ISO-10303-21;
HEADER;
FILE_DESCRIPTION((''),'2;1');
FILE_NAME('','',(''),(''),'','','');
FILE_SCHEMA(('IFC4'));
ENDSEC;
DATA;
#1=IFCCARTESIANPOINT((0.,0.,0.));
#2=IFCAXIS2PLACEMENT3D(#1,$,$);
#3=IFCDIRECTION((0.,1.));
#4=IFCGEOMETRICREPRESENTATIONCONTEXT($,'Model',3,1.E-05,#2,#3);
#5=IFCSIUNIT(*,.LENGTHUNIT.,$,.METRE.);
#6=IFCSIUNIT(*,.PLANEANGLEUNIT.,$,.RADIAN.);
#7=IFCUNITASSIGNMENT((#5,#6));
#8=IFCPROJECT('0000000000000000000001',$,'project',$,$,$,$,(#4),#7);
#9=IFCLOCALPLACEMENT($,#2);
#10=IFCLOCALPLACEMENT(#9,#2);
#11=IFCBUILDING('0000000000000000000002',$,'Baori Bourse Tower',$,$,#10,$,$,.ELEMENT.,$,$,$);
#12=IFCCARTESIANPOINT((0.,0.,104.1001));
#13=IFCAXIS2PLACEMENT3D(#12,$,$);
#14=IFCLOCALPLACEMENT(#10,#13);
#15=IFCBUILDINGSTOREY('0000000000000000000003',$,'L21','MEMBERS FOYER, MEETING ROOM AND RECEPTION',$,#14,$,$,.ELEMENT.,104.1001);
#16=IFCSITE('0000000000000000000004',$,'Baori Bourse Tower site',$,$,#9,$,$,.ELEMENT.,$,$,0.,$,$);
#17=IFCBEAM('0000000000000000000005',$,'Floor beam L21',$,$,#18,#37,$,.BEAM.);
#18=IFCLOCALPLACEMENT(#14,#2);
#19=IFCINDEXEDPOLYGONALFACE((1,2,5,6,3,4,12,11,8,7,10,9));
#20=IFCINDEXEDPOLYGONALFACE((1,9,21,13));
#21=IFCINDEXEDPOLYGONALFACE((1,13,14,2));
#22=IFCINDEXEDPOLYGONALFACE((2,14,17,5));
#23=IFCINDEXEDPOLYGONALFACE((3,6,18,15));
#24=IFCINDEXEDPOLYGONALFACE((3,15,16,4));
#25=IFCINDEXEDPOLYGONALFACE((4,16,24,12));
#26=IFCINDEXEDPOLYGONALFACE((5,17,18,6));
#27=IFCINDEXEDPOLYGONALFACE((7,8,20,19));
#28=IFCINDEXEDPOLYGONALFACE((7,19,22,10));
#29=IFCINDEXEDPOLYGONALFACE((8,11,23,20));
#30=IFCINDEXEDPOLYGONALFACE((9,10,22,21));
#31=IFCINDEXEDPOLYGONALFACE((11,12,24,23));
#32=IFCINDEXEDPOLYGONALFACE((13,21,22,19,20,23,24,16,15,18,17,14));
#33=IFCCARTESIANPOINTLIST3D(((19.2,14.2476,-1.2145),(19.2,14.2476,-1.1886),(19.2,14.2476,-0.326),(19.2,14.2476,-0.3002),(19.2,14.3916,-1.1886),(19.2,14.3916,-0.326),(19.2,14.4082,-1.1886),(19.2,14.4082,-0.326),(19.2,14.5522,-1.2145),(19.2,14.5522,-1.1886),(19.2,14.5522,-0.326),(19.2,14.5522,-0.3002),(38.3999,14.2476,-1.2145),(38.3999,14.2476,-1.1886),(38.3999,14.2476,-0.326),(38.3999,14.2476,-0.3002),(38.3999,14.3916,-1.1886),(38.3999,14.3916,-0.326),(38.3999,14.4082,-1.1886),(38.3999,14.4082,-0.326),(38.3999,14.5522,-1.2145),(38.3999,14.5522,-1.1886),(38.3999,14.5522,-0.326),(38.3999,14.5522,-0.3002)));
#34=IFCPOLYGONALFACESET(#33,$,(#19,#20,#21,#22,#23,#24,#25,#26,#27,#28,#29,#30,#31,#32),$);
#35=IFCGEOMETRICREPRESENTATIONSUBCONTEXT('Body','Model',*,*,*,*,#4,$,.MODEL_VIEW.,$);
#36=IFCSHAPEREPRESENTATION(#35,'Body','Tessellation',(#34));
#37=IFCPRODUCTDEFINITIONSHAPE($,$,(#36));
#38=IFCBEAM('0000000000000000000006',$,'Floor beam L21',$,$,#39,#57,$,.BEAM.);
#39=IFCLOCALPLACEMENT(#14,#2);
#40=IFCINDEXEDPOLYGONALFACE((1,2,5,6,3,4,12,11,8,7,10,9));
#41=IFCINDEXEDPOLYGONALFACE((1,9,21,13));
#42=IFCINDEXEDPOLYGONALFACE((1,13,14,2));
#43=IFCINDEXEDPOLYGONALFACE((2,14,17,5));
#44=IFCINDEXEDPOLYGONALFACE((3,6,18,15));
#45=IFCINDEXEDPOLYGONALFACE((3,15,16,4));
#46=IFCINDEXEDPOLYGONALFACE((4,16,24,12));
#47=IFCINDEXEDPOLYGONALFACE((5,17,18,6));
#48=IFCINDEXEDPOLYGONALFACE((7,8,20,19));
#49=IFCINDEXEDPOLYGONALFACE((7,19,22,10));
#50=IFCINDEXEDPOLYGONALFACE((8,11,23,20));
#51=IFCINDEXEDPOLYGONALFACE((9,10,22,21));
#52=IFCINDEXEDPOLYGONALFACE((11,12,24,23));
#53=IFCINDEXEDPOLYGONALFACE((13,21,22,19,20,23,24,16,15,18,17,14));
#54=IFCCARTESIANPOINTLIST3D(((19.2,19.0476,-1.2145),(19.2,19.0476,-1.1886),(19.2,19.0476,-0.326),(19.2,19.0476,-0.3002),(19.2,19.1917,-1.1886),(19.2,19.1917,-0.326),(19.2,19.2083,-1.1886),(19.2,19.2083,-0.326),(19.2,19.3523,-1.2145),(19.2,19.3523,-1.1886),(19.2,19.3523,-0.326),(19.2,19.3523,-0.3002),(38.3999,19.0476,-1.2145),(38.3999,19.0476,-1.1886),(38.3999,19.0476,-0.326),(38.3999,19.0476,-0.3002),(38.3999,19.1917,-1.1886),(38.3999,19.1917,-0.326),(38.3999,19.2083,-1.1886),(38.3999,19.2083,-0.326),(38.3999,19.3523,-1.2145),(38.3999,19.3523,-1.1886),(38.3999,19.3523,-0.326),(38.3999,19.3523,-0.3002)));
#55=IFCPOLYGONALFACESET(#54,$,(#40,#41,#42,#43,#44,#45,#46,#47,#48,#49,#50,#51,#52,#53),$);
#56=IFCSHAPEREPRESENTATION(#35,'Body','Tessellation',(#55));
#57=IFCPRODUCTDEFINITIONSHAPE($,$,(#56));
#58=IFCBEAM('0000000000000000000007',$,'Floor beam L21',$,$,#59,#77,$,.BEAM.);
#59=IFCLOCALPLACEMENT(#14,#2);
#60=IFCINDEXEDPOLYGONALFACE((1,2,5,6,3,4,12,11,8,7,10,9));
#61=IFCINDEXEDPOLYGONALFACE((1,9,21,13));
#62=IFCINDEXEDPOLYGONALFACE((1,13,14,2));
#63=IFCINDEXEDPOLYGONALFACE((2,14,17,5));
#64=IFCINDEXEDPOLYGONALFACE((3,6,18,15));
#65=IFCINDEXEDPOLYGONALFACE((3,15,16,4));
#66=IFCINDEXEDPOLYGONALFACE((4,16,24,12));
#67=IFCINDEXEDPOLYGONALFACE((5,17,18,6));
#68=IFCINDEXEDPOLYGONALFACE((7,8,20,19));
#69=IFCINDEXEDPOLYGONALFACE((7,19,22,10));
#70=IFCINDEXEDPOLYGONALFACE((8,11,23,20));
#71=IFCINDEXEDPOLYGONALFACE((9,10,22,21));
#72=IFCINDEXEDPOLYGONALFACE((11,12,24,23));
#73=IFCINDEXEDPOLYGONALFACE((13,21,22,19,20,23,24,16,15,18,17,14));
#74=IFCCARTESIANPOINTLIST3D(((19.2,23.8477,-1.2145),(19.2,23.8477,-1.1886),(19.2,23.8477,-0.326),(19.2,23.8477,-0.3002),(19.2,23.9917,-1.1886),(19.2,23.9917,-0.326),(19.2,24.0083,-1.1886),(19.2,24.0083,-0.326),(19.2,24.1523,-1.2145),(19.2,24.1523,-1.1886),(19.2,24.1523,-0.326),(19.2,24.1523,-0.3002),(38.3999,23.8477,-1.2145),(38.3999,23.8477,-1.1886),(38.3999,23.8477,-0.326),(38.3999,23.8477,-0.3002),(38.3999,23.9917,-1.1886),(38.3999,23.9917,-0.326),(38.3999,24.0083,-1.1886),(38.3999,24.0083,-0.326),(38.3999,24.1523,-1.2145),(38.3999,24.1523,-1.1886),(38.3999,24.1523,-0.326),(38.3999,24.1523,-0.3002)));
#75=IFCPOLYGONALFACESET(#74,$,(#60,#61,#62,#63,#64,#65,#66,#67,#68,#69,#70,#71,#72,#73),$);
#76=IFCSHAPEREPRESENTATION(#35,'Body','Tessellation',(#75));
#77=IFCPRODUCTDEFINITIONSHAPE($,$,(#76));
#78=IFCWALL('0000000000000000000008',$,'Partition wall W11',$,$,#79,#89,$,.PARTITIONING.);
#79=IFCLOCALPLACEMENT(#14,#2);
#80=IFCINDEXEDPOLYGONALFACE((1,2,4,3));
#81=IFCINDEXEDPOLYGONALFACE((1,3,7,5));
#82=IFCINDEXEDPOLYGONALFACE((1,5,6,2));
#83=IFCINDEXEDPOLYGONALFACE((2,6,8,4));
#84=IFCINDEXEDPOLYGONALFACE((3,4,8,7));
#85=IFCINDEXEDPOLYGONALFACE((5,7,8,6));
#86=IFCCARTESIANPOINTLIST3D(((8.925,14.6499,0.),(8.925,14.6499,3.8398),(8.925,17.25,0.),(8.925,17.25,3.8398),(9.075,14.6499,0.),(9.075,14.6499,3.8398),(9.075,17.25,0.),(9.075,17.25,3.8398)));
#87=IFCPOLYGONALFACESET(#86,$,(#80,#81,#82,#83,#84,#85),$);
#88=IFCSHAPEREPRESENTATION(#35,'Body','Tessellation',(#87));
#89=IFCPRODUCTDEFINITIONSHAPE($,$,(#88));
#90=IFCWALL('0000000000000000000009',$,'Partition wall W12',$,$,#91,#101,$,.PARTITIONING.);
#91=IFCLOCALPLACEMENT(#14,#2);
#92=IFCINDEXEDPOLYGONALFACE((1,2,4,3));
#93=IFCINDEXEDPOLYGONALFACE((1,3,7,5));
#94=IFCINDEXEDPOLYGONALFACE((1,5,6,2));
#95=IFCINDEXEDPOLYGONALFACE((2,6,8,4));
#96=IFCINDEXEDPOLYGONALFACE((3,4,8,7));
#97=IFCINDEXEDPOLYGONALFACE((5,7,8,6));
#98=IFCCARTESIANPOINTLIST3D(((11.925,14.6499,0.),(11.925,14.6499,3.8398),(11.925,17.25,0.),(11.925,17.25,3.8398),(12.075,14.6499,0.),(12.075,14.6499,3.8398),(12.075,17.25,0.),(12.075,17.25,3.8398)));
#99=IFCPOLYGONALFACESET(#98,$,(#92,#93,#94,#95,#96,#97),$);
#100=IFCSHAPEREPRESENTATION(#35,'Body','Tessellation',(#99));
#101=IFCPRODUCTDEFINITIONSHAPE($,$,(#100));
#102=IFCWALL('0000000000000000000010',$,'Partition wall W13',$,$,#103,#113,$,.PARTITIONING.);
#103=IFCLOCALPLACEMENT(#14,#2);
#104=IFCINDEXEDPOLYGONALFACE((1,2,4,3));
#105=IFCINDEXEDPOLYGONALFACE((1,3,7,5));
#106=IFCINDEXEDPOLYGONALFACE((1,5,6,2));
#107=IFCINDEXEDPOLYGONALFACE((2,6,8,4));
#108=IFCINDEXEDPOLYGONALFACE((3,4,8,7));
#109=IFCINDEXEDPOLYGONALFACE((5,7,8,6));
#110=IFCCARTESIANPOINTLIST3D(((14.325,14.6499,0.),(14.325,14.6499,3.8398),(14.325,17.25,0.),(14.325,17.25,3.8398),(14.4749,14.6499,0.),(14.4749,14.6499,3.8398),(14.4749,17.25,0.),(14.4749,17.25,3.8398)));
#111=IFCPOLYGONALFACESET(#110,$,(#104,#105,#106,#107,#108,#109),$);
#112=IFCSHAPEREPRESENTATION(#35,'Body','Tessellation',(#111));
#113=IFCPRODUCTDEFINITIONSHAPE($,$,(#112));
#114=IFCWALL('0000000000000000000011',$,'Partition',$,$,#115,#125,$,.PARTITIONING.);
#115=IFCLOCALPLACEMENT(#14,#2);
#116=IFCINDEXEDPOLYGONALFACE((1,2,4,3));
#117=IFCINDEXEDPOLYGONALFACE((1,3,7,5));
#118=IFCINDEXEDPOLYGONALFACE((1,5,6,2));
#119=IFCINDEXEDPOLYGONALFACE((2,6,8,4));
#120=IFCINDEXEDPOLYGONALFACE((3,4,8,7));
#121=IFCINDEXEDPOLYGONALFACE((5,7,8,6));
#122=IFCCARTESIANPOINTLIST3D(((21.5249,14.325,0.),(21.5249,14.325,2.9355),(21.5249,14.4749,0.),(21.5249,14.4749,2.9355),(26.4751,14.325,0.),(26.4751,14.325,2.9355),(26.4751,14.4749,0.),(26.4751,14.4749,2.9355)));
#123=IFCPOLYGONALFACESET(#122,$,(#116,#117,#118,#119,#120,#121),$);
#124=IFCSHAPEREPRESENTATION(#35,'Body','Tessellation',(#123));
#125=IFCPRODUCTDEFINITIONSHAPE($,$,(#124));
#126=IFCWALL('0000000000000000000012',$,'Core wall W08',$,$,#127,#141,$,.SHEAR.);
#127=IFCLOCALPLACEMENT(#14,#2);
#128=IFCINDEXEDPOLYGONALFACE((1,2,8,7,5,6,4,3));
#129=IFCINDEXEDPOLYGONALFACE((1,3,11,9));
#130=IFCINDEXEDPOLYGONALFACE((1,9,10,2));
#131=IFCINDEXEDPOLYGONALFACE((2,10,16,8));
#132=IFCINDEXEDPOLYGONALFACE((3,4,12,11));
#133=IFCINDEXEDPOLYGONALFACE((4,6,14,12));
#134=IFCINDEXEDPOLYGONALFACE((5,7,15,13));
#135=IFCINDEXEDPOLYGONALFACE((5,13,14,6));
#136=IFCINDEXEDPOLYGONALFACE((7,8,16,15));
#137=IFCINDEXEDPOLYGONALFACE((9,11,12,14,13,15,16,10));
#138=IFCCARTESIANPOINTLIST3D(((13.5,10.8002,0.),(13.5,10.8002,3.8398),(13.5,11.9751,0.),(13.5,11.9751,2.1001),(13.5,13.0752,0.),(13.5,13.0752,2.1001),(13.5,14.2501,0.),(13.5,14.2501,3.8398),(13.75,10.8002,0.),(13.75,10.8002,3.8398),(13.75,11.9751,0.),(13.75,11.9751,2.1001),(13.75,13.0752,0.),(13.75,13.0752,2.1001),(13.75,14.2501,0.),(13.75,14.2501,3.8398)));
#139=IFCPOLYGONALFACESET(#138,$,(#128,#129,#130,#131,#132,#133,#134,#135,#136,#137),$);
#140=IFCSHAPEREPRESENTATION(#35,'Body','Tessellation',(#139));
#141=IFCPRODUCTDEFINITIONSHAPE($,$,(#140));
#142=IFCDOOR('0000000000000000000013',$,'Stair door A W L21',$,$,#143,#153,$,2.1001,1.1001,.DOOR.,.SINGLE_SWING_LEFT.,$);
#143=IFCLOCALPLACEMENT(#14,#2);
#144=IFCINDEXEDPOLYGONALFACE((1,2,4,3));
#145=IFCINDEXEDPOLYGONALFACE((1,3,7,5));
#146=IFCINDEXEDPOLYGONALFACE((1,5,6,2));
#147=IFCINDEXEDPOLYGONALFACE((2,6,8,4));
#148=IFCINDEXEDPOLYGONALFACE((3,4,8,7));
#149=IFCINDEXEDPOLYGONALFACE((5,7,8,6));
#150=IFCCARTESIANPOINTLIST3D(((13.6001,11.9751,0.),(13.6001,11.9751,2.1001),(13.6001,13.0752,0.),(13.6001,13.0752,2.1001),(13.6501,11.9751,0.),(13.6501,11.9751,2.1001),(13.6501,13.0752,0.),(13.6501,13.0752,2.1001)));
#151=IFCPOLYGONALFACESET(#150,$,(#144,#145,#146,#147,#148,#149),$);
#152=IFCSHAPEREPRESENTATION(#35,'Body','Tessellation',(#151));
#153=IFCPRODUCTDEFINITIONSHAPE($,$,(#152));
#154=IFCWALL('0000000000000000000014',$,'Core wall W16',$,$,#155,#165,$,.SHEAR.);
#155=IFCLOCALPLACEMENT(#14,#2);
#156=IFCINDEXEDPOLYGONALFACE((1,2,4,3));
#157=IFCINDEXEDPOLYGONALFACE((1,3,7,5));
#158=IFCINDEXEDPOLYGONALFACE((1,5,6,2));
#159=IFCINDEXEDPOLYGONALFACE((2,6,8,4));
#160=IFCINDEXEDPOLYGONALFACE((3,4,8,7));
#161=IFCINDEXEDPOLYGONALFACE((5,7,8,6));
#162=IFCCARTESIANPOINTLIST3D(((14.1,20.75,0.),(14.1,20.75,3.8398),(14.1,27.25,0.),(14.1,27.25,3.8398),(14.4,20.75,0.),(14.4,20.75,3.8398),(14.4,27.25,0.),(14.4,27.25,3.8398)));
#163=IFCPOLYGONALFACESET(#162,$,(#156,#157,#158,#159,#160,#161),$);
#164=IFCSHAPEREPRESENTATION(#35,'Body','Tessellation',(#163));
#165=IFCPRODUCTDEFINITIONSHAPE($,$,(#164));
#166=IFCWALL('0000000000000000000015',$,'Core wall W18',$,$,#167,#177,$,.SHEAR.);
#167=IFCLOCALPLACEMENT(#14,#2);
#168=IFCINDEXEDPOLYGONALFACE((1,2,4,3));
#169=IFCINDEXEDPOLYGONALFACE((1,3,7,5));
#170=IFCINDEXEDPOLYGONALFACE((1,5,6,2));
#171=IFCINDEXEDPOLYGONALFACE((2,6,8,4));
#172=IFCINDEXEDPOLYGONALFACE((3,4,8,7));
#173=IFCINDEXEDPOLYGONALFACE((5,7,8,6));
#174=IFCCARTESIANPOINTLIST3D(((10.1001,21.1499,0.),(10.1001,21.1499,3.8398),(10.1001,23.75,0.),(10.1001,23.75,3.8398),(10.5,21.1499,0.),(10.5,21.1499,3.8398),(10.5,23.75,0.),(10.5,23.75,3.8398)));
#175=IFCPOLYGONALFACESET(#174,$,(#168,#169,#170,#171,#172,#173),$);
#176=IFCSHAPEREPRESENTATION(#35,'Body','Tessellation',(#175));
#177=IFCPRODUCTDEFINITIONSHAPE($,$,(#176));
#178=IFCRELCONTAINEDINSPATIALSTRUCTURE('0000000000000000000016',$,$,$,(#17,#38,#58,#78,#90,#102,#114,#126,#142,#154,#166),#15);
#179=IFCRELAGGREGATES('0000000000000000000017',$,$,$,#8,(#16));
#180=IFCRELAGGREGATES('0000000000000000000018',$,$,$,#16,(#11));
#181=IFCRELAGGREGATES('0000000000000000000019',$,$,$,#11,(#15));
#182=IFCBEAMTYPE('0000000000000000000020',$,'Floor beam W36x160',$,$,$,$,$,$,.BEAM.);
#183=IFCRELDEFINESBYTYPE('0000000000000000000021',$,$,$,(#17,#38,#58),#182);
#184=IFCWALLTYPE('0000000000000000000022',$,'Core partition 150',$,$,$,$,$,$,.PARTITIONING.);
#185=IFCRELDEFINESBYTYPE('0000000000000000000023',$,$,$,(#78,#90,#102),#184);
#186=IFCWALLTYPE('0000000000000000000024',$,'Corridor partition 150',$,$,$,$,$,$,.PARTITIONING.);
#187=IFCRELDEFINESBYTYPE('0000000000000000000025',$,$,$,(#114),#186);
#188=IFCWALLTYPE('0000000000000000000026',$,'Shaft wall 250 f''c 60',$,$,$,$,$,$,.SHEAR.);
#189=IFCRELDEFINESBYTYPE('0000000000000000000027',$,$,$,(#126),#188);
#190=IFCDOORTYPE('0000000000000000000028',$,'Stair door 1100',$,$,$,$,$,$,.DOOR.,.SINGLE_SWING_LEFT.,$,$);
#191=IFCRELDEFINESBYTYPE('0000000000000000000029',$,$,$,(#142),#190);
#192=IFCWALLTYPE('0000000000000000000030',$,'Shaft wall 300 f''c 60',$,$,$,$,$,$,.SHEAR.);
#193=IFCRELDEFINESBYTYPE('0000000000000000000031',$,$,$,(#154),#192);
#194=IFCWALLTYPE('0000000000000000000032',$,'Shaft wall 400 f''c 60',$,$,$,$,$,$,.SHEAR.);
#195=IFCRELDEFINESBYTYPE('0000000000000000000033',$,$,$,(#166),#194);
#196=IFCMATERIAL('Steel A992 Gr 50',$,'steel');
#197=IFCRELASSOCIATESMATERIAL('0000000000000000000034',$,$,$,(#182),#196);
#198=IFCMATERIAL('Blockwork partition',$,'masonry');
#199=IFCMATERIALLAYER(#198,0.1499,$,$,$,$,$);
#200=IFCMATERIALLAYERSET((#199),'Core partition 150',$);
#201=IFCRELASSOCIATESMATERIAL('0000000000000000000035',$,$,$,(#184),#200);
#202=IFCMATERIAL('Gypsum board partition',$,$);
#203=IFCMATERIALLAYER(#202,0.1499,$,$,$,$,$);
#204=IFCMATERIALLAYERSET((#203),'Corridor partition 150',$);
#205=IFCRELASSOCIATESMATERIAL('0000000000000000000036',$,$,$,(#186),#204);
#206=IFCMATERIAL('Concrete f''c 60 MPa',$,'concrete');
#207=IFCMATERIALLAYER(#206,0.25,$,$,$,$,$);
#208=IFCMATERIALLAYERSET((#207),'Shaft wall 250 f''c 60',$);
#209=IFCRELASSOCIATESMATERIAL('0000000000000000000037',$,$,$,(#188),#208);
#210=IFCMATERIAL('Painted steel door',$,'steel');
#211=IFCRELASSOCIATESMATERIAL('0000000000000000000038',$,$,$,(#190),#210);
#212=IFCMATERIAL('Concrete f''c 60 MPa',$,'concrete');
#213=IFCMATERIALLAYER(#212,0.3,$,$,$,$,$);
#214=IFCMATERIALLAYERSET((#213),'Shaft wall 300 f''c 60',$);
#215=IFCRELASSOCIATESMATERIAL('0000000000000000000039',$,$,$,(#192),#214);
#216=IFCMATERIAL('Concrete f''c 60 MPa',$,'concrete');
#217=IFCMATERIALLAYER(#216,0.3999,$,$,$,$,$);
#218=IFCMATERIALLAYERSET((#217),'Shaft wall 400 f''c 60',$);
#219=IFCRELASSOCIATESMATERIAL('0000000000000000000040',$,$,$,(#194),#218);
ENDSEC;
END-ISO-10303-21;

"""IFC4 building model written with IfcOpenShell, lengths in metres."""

from ifc_helpers import new_model, si_unit, direction, frame, frame_2d, origin, origin_2d, place, context, subcontext, project, spatial, rectangle, i_section, extrude, material, layer, layer_set, material_profile, profile_set, type_object, element, fill, save


model = new_model("IFC4")

# Units and contexts
model_context = context("Model", 3, precision=1e-05, world=origin(), true_north=direction((0.0, 1.0)))
body_context = subcontext(model_context, "Body", "Model", "MODEL_VIEW")
ifc_project = project(units=[si_unit("LENGTHUNIT", "METRE"), si_unit("PLANEANGLEUNIT", "RADIAN")], contexts=[model_context])

# Site, building, storey
site_placement = place(None, origin())
site = spatial("IfcSite", under=ifc_project, at=site_placement, Name="Baori Bourse Tower site", CompositionType="ELEMENT", RefElevation=0.0)
building_placement = place(site_placement, origin())
building = spatial("IfcBuilding", under=site, at=building_placement, Name="Baori Bourse Tower", CompositionType="ELEMENT")
storey_placement = place(building_placement, frame((0.0, 0.0, 104.1001)))
storey = spatial("IfcBuildingStorey", under=building, at=storey_placement, Name="L21", Description="MEMBERS FOYER, MEETING ROOM AND RECEPTION", CompositionType="ELEMENT", Elevation=104.1001)

# Beams
ifc_material_1 = material(Name="Steel A992 Gr 50", Category="steel")
ifc_material_profile = material_profile(ifc_material_1, i_section(OverallWidth=0.3047, OverallDepth=0.9143, WebThickness=0.0166, FlangeThickness=0.0259, at=origin_2d()), Name="W36x160")
ifc_profile_set = profile_set([ifc_material_profile], Name="Steel A992 Gr 50")
beam_type = type_object("IfcBeamType", Name="Floor beam W36x160", PredefinedType="BEAM", material=ifc_profile_set)
for number, where, z_axis, x_axis, name in (
    (1, (19.2, 14.3999, -0.7573), (1.0, 0.0, 0.0), (0.0, 1.0, 0.0), "Floor beam L21"),
    (2, (19.2, 19.2, -0.7573), (1.0, 0.0, 0.0), (0.0, 1.0, 0.0), "Floor beam L21"),
    (3, (19.2, 24.0, -0.7573), (1.0, 0.0, 0.0), (0.0, 1.0, 0.0), "Floor beam L21"),
):
    element("IfcBeam", number, at=place(storey_placement, frame(where, z_axis=z_axis, x_axis=x_axis)), inside=storey, type_object=beam_type, Name=name, PredefinedType="BEAM", context=body_context, shape_type="SweptSolid", body=[
        extrude(i_section(OverallWidth=0.3047, OverallDepth=0.9143, WebThickness=0.0166, FlangeThickness=0.0259, at=origin_2d()), origin(), (0.0, 0.0, 1.0), 19.2),
    ])

# Walls
ifc_material_2 = material(Name="Blockwork partition", Category="masonry")
ifc_layer_1 = layer(ifc_material_2, 0.1499)
ifc_layer_set_1 = layer_set([ifc_layer_1], Name="Core partition 150")
wall_type_1 = type_object("IfcWallType", Name="Core partition 150", PredefinedType="PARTITIONING", material=ifc_layer_set_1)
for number, where, z_axis, x_axis, name in (
    (4, (9.0, 14.6499, 0.0), (0.0, 0.0, 1.0), (0.0, 1.0, 0.0), "Partition wall W11"),
    (5, (12.0, 14.6499, 0.0), (0.0, 0.0, 1.0), (0.0, 1.0, 0.0), "Partition wall W12"),
    (6, (14.3999, 14.6499, 0.0), (0.0, 0.0, 1.0), (0.0, 1.0, 0.0), "Partition wall W13"),
):
    element("IfcWall", number, at=place(storey_placement, frame(where, z_axis=z_axis, x_axis=x_axis)), inside=storey, type_object=wall_type_1, Name=name, PredefinedType="PARTITIONING", context=body_context, shape_type="SweptSolid", body=[
        extrude(rectangle(XDim=2.6001, YDim=0.1499, at=frame_2d((1.3, 0.0))), origin(), (0.0, 0.0, 1.0), 3.8398),
    ])
ifc_material_3 = material(Name="Gypsum board partition")
ifc_layer_2 = layer(ifc_material_3, 0.1499)
ifc_layer_set_2 = layer_set([ifc_layer_2], Name="Corridor partition 150")
wall_type_2 = type_object("IfcWallType", Name="Corridor partition 150", PredefinedType="PARTITIONING", material=ifc_layer_set_2)
wall_1_placement = place(storey_placement, frame((21.5249, 14.3999, 0.0), z_axis=(0.0, 0.0, 1.0), x_axis=(1.0, 0.0, 0.0)))
element("IfcWall", 7, at=wall_1_placement, inside=storey, type_object=wall_type_2, Name="Partition", PredefinedType="PARTITIONING", context=body_context, shape_type="SweptSolid", body=[
    extrude(rectangle(XDim=4.9502, YDim=0.1499, at=frame_2d((2.4751, 0.0))), origin(), (0.0, 0.0, 1.0), 2.9355),
])

# Wall, opening, door
ifc_material_4 = material(Name="Concrete f'c 60 MPa", Category="concrete")
ifc_layer_3 = layer(ifc_material_4, 0.25)
ifc_layer_set_3 = layer_set([ifc_layer_3], Name="Shaft wall 250 f'c 60")
wall_type_3 = type_object("IfcWallType", Name="Shaft wall 250 f'c 60", PredefinedType="SHEAR", material=ifc_layer_set_3)
wall_2_placement = place(storey_placement, frame((13.625, 10.8, 0.0), z_axis=(0.0, 0.0, 1.0), x_axis=(0.0, 1.0, 0.0)))
wall_2 = element("IfcWall", 8, at=wall_2_placement, inside=storey, type_object=wall_type_3, Name="Core wall W08", PredefinedType="SHEAR", context=body_context, shape_type="SweptSolid", body=[
    extrude(rectangle(XDim=3.45, YDim=0.25, at=frame_2d((1.7251, 0.0))), origin(), (0.0, 0.0, 1.0), 3.8398),
])
opening_placement = place(wall_2_placement, frame((1.175, 0.0, 0.0)))
opening = element("IfcOpeningElement", 9, at=opening_placement, cuts=wall_2, PredefinedType="OPENING", context=body_context, shape_type="SweptSolid", body=[
    extrude(rectangle(XDim=1.1001, YDim=2.1001, at=frame_2d((0.55, 1.05))), frame((0.0, 0.135, 0.0), z_axis=(0.0, -1.0, 0.0), x_axis=(1.0, 0.0, 0.0)), (0.0, 0.0, 1.0), 0.27),
])
ifc_material_5 = material(Name="Painted steel door", Category="steel")
door_type = type_object("IfcDoorType", Name="Stair door 1100", OperationType="SINGLE_SWING_LEFT", PredefinedType="DOOR", material=ifc_material_5)
door_placement = place(opening_placement, origin())
door = element("IfcDoor", 10, at=door_placement, inside=storey, type_object=door_type, Name="Stair door A W L21", OperationType="SINGLE_SWING_LEFT", OverallHeight=2.1001, OverallWidth=1.1001, PredefinedType="DOOR", context=body_context, shape_type="SweptSolid", body=[
    extrude(rectangle(XDim=1.1001, YDim=2.1001, at=frame_2d((0.55, 1.05))), frame((0.0, 0.0249, 0.0), z_axis=(0.0, -1.0, 0.0), x_axis=(1.0, 0.0, 0.0)), (0.0, 0.0, 1.0), 0.05),
])
fill(opening, door)

# Walls
ifc_material_6 = material(Name="Concrete f'c 60 MPa", Category="concrete")
ifc_layer_4 = layer(ifc_material_6, 0.3)
ifc_layer_set_4 = layer_set([ifc_layer_4], Name="Shaft wall 300 f'c 60")
wall_type_4 = type_object("IfcWallType", Name="Shaft wall 300 f'c 60", PredefinedType="SHEAR", material=ifc_layer_set_4)
wall_3_placement = place(storey_placement, frame((14.25, 20.75, 0.0), z_axis=(0.0, 0.0, 1.0), x_axis=(0.0, 1.0, 0.0)))
element("IfcWall", 11, at=wall_3_placement, inside=storey, type_object=wall_type_4, Name="Core wall W16", PredefinedType="SHEAR", context=body_context, shape_type="SweptSolid", body=[
    extrude(rectangle(XDim=6.5, YDim=0.3, at=frame_2d((3.25, 0.0))), origin(), (0.0, 0.0, 1.0), 3.8398),
])
ifc_material_7 = material(Name="Concrete f'c 60 MPa", Category="concrete")
ifc_layer_5 = layer(ifc_material_7, 0.3999)
ifc_layer_set_5 = layer_set([ifc_layer_5], Name="Shaft wall 400 f'c 60")
wall_type_5 = type_object("IfcWallType", Name="Shaft wall 400 f'c 60", PredefinedType="SHEAR", material=ifc_layer_set_5)
wall_4_placement = place(storey_placement, frame((10.3, 21.1499, 0.0), z_axis=(0.0, 0.0, 1.0), x_axis=(0.0, 1.0, 0.0)))
element("IfcWall", 12, at=wall_4_placement, inside=storey, type_object=wall_type_5, Name="Core wall W18", PredefinedType="SHEAR", context=body_context, shape_type="SweptSolid", body=[
    extrude(rectangle(XDim=2.6001, YDim=0.3999, at=frame_2d((1.3, 0.0))), origin(), (0.0, 0.0, 1.0), 3.8398),
])

save(model, "model.ifc")
